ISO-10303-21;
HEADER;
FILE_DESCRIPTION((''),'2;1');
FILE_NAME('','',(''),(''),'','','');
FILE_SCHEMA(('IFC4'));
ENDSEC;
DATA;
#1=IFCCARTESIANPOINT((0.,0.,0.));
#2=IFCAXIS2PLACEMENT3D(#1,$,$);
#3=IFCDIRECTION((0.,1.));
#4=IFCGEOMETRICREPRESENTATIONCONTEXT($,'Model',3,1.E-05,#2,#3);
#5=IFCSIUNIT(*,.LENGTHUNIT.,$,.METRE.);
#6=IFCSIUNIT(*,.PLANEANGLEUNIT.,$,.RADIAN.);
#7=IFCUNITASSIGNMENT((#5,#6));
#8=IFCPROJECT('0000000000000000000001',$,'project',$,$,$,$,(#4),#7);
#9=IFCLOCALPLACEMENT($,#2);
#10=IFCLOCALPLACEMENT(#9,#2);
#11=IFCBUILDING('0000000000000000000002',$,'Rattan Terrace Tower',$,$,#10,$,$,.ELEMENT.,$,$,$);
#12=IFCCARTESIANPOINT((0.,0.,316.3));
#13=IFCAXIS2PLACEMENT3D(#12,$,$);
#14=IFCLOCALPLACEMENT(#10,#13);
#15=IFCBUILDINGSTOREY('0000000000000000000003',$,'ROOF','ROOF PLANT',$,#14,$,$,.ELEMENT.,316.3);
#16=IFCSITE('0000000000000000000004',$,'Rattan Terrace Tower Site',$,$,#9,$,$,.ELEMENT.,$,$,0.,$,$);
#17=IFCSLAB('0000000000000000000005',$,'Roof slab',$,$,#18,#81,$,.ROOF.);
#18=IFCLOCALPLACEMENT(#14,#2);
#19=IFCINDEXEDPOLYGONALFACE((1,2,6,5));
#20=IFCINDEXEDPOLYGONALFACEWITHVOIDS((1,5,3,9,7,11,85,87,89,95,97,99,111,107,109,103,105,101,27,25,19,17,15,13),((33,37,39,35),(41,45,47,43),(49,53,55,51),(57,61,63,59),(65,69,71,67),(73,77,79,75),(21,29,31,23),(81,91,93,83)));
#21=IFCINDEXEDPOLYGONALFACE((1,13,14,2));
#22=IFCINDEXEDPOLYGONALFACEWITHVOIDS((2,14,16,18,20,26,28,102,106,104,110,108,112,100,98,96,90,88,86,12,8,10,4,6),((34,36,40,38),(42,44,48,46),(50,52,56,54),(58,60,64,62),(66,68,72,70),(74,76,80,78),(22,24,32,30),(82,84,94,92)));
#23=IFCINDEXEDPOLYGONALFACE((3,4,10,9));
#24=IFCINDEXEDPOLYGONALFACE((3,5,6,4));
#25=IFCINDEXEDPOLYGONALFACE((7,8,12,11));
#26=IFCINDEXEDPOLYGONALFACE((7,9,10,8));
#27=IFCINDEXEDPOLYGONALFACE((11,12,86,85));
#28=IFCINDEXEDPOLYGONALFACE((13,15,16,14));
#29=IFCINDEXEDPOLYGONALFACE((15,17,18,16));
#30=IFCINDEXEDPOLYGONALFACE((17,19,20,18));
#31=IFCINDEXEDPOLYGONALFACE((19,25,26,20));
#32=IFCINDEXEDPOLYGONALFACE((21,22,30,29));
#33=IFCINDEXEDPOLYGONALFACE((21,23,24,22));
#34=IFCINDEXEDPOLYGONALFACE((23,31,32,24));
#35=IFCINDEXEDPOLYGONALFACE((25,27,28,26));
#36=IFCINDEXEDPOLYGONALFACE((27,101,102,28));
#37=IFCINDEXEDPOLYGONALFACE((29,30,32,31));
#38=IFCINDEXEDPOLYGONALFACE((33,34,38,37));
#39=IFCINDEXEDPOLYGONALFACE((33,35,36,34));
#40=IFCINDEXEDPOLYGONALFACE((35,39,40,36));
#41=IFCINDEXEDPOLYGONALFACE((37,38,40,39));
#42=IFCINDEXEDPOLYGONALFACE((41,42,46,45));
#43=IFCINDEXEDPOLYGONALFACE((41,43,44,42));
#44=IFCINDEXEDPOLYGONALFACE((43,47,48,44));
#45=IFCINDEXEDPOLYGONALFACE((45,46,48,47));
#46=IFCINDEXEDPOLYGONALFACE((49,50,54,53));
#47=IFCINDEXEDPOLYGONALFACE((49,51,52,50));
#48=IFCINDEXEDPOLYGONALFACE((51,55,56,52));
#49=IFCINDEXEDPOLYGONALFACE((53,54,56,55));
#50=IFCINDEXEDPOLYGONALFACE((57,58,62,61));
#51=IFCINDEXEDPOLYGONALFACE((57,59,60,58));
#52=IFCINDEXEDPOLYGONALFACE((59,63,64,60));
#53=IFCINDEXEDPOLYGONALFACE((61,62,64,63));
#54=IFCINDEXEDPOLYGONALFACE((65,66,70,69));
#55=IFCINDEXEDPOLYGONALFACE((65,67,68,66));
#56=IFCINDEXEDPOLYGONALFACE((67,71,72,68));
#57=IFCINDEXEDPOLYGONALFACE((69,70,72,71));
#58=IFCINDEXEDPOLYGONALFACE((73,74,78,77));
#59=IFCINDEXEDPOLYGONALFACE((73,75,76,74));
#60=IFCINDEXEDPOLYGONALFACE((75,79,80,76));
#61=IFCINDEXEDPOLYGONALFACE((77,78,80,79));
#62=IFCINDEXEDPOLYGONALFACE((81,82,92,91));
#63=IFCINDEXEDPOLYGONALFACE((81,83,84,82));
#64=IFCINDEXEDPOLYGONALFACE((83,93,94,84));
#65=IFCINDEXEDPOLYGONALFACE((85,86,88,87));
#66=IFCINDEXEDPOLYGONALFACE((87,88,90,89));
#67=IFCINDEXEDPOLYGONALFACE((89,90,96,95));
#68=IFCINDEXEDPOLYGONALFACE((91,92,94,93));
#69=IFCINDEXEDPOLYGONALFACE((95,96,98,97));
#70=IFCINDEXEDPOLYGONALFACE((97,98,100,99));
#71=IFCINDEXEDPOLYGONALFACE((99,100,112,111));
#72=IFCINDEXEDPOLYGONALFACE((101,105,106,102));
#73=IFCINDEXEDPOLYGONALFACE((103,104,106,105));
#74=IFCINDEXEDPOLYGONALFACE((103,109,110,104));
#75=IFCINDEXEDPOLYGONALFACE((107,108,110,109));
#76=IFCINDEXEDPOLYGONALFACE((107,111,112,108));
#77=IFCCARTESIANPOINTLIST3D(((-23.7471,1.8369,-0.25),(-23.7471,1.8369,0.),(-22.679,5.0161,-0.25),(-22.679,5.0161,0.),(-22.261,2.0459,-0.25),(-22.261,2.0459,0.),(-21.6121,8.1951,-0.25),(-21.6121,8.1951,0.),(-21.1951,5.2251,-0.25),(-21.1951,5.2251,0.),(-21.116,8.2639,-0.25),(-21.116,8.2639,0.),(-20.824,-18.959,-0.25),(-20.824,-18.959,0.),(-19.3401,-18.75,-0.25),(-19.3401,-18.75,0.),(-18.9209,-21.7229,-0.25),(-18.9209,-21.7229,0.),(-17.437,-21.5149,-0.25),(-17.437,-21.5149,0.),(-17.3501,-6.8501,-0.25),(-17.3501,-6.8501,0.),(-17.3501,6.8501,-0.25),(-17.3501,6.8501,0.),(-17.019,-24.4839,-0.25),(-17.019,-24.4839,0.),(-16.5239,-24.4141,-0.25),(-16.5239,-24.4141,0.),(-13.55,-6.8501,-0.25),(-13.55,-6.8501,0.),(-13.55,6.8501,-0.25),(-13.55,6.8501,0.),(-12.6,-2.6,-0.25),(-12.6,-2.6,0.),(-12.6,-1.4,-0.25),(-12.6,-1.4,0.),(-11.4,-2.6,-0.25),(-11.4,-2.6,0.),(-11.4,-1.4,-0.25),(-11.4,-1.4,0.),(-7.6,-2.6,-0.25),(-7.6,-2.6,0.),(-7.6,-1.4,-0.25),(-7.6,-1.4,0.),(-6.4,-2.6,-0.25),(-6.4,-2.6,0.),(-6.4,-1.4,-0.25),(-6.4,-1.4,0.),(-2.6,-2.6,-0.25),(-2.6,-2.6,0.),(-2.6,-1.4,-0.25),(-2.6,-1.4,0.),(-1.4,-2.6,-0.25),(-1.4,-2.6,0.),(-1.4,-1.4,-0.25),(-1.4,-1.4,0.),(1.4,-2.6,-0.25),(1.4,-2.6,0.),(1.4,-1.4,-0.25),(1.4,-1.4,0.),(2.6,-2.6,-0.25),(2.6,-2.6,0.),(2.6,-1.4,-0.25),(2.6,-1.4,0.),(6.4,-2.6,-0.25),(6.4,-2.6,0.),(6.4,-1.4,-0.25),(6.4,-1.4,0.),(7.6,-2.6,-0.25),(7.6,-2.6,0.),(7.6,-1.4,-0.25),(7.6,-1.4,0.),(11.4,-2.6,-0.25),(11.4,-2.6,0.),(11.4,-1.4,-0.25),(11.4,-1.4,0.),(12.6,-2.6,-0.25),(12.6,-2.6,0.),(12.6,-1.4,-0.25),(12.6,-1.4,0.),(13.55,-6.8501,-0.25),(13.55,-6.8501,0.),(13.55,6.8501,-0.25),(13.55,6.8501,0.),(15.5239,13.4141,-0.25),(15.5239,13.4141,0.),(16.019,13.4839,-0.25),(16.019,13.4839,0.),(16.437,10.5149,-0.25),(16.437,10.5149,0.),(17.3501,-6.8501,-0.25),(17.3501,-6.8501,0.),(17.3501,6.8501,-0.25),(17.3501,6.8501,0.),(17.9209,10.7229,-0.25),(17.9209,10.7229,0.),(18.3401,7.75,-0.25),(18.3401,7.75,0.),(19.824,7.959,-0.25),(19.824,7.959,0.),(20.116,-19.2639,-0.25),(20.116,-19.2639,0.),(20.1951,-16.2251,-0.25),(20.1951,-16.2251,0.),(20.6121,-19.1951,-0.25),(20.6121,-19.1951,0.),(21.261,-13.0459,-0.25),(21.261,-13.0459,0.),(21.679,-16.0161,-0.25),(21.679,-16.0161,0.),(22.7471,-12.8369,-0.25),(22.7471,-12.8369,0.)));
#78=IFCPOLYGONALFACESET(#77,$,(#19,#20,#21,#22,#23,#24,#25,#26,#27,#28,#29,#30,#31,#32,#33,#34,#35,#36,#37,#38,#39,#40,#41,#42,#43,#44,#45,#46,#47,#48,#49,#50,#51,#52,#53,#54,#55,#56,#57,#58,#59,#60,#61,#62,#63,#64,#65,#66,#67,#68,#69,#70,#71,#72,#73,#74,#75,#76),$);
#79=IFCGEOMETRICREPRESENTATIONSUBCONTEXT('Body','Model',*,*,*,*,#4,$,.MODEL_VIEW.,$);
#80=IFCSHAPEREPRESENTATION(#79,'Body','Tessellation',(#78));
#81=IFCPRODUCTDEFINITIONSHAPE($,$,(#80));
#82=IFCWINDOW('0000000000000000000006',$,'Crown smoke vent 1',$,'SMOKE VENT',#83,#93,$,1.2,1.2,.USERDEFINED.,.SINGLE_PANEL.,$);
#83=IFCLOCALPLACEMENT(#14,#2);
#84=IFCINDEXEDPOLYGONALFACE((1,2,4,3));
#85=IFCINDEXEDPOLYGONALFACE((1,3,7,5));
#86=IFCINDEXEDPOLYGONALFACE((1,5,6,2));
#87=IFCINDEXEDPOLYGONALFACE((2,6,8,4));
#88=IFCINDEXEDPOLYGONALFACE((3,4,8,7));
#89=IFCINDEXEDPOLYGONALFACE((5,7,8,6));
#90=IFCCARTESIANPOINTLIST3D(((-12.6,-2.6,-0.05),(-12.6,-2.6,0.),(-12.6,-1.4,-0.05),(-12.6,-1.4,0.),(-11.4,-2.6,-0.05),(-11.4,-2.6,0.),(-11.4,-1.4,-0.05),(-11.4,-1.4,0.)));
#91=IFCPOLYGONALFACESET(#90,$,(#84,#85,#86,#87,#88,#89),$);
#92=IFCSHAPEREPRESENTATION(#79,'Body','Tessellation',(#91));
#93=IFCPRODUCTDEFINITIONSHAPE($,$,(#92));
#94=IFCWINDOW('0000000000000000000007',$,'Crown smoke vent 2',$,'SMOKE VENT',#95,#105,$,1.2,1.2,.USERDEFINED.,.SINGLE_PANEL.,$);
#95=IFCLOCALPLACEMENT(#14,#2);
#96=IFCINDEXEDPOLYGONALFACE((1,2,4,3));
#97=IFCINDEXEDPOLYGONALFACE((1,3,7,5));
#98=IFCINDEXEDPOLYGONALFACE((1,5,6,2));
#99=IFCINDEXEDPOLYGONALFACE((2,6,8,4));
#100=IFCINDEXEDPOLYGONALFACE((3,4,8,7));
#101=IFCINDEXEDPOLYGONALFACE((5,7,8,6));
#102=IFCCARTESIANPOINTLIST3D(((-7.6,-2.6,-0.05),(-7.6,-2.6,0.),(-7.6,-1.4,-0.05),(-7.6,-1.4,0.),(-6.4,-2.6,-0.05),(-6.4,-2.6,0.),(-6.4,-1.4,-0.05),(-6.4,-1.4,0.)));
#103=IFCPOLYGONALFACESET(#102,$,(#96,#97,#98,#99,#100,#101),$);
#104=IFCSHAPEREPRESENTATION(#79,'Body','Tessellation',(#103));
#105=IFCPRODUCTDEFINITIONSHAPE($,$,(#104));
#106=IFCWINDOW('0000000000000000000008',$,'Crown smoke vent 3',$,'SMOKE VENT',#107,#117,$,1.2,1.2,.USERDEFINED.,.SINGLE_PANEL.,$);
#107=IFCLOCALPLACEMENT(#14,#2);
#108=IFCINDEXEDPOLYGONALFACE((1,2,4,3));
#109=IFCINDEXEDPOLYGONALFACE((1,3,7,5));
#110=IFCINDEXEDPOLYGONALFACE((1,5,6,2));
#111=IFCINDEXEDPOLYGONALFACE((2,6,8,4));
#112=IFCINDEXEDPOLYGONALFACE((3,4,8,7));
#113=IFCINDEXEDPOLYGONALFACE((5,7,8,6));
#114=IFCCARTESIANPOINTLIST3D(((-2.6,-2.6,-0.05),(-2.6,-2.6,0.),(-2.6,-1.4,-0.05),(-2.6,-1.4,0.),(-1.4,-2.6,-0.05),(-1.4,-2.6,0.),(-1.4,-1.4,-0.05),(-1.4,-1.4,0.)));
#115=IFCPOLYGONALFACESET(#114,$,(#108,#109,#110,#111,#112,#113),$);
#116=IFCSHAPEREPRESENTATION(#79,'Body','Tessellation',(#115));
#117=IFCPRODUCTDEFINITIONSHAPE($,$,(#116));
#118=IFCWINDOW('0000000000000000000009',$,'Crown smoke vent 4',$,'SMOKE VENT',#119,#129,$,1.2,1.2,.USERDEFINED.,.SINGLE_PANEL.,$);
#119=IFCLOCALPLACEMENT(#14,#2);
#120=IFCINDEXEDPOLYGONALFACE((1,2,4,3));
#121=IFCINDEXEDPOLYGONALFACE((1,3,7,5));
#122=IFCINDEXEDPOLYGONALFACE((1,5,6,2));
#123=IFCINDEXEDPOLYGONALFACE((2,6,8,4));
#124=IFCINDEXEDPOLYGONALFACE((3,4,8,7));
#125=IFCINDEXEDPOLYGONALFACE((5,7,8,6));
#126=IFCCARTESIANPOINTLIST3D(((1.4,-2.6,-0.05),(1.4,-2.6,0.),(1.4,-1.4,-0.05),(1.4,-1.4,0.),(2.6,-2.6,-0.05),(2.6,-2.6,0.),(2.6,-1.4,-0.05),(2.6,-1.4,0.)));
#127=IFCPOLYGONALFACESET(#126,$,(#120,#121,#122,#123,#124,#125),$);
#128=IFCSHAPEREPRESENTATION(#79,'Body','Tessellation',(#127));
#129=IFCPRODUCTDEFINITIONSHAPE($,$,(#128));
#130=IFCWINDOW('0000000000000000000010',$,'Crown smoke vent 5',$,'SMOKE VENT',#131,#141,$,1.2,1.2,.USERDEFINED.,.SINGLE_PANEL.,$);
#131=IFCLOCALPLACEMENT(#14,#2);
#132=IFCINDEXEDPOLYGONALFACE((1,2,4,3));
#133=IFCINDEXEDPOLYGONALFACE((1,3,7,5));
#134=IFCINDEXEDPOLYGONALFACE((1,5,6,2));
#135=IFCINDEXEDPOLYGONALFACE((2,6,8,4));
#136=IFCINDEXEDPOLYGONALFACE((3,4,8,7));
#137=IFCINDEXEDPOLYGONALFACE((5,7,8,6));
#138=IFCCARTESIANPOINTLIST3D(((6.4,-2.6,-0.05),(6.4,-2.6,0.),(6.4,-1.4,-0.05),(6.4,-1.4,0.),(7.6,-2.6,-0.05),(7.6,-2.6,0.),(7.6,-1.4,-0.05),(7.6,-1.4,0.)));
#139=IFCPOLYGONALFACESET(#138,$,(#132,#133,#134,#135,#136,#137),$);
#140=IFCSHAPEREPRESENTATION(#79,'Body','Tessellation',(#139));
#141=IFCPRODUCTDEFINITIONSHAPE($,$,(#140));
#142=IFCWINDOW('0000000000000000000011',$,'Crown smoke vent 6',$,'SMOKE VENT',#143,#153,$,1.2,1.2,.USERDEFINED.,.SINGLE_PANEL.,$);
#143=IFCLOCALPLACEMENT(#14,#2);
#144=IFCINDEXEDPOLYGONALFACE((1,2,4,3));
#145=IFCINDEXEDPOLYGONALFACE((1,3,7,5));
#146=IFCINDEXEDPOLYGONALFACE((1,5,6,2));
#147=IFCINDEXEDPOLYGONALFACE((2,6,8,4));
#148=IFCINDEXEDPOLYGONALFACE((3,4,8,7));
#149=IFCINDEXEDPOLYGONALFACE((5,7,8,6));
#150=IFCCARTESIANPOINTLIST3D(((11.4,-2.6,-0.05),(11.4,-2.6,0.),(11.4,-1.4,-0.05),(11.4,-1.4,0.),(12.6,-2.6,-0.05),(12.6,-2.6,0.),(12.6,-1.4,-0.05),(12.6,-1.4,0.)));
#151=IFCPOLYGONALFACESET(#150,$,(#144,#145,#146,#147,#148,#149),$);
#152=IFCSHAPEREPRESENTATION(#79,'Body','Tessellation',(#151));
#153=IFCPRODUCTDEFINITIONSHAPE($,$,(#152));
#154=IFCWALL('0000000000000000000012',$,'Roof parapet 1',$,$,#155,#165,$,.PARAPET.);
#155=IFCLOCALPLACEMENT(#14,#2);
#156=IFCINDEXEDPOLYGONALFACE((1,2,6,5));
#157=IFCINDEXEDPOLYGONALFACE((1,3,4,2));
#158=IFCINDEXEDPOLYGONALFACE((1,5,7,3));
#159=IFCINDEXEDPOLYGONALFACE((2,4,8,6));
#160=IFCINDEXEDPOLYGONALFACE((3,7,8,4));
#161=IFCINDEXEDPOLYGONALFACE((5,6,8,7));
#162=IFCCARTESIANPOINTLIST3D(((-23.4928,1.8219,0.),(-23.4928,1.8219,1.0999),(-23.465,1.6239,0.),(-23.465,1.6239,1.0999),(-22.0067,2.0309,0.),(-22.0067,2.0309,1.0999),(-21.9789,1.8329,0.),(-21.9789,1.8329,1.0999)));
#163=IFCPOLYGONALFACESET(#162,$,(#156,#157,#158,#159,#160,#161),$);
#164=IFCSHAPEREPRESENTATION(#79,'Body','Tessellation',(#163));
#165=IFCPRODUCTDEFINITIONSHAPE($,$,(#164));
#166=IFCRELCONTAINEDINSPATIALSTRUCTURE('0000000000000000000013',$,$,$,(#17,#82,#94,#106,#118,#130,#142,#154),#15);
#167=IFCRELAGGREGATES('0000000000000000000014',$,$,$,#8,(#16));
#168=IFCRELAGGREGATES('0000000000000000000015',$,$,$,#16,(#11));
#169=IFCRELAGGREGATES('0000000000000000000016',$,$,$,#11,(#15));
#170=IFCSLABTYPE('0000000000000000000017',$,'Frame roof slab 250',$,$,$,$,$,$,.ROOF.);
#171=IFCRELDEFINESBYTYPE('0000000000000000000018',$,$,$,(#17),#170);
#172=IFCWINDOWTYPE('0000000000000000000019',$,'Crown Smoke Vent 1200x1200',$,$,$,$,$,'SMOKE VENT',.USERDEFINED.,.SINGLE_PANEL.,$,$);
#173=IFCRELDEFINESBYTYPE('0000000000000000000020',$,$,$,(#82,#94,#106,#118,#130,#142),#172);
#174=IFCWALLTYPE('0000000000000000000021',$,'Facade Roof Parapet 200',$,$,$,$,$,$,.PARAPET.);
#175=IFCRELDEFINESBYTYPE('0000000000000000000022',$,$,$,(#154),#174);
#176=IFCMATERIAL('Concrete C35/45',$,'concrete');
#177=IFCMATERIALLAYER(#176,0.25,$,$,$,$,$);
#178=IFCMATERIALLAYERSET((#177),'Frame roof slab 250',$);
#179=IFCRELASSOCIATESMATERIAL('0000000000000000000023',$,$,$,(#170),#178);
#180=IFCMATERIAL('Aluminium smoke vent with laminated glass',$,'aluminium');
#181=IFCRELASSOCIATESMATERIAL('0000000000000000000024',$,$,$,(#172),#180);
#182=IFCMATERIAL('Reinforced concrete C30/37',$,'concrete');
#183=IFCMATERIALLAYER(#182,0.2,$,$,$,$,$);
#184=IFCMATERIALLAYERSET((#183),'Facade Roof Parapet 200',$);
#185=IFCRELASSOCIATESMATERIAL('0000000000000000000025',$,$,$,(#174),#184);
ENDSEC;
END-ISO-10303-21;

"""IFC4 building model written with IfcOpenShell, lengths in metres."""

from ifc_helpers import new_model, si_unit, direction, frame, frame_2d, origin, origin_2d, place, context, subcontext, project, spatial, polyline, rectangle, outline, extrude, material, layer, layer_set, type_object, element, fill, save


model = new_model("IFC4")

# Units and contexts
model_context = context("Model", 3, precision=1e-05, world=origin(), true_north=direction((0.0, 1.0)))
body_context = subcontext(model_context, "Body", "Model", "MODEL_VIEW")
ifc_project = project(units=[si_unit("LENGTHUNIT", "METRE"), si_unit("PLANEANGLEUNIT", "RADIAN")], contexts=[model_context])

# Site, building, storey
site_placement = place(None, origin())
site = spatial("IfcSite", under=ifc_project, at=site_placement, Name="Rattan Terrace Tower Site", CompositionType="ELEMENT", RefElevation=0.0)
building_placement = place(site_placement, origin())
building = spatial("IfcBuilding", under=site, at=building_placement, Name="Rattan Terrace Tower", CompositionType="ELEMENT")
storey_placement = place(building_placement, frame((0.0, 0.0, 316.3)))
storey = spatial("IfcBuildingStorey", under=building, at=storey_placement, Name="ROOF", Description="ROOF PLANT", CompositionType="ELEMENT", Elevation=316.3)

# Slab, openings, windows
ifc_material_1 = material(Name="Concrete C35/45", Category="concrete")
ifc_layer_1 = layer(ifc_material_1, 0.25)
ifc_layer_set_1 = layer_set([ifc_layer_1], Name="Frame roof slab 250")
slab_type = type_object("IfcSlabType", Name="Frame roof slab 250", PredefinedType="ROOF", material=ifc_layer_set_1)
slab_placement = place(storey_placement, frame((0.0, 0.0, -0.25)))
slab = element("IfcSlab", 1, at=slab_placement, inside=storey, type_object=slab_type, Name="Roof slab", PredefinedType="ROOF", context=body_context, shape_type="SweptSolid", body=[
    extrude(outline(polyline([(-22.261, 2.0459), (-23.7471, 1.8369), (-20.824, -18.959), (-19.3401, -18.75), (-18.9209, -21.7229), (-17.437, -21.5149), (-17.019, -24.4839), (-16.5239, -24.4141), (20.116, -19.2639), (20.6121, -19.1951), (20.1951, -16.2251), (21.679, -16.0161), (21.261, -13.0459), (22.7471, -12.8369), (19.824, 7.959), (18.3401, 7.75), (17.9209, 10.7229), (16.437, 10.5149), (16.019, 13.4839), (15.5239, 13.4141), (-21.116, 8.2639), (-21.6121, 8.1951), (-21.1951, 5.2251), (-22.679, 5.0161), (-22.261, 2.0459)]), holes=[polyline([(-13.55, 6.8501), (-17.3501, 6.8501), (-17.3501, -6.8501), (-13.55, -6.8501), (-13.55, 6.8501)]), polyline([(13.55, 6.8501), (13.55, -6.8501), (17.3501, -6.8501), (17.3501, 6.8501), (13.55, 6.8501)])]), origin(), (0.0, 0.0, 1.0), 0.25),
])
opening_1_placement = place(slab_placement, frame((-12.0, -2.0, 0.0)))
opening_1 = element("IfcOpeningElement", 2, at=opening_1_placement, cuts=slab, PredefinedType="OPENING", context=body_context, shape_type="SweptSolid", body=[
    extrude(rectangle(XDim=1.2, YDim=1.2, at=origin_2d()), origin(), (0.0, 0.0, 1.0), 0.25),
])
opening_2_placement = place(slab_placement, frame((-7.0, -2.0, 0.0)))
opening_2 = element("IfcOpeningElement", 3, at=opening_2_placement, cuts=slab, PredefinedType="OPENING", context=body_context, shape_type="SweptSolid", body=[
    extrude(rectangle(XDim=1.2, YDim=1.2, at=origin_2d()), origin(), (0.0, 0.0, 1.0), 0.25),
])
opening_3_placement = place(slab_placement, frame((-2.0, -2.0, 0.0)))
opening_3 = element("IfcOpeningElement", 4, at=opening_3_placement, cuts=slab, PredefinedType="OPENING", context=body_context, shape_type="SweptSolid", body=[
    extrude(rectangle(XDim=1.2, YDim=1.2, at=origin_2d()), origin(), (0.0, 0.0, 1.0), 0.25),
])
opening_4_placement = place(slab_placement, frame((2.0, -2.0, 0.0)))
opening_4 = element("IfcOpeningElement", 5, at=opening_4_placement, cuts=slab, PredefinedType="OPENING", context=body_context, shape_type="SweptSolid", body=[
    extrude(rectangle(XDim=1.2, YDim=1.2, at=origin_2d()), origin(), (0.0, 0.0, 1.0), 0.25),
])
opening_5_placement = place(slab_placement, frame((7.0, -2.0, 0.0)))
opening_5 = element("IfcOpeningElement", 6, at=opening_5_placement, cuts=slab, PredefinedType="OPENING", context=body_context, shape_type="SweptSolid", body=[
    extrude(rectangle(XDim=1.2, YDim=1.2, at=origin_2d()), origin(), (0.0, 0.0, 1.0), 0.25),
])
opening_6_placement = place(slab_placement, frame((12.0, -2.0, 0.0)))
opening_6 = element("IfcOpeningElement", 7, at=opening_6_placement, cuts=slab, PredefinedType="OPENING", context=body_context, shape_type="SweptSolid", body=[
    extrude(rectangle(XDim=1.2, YDim=1.2, at=origin_2d()), origin(), (0.0, 0.0, 1.0), 0.25),
])
ifc_material_2 = material(Name="Aluminium smoke vent with laminated glass", Category="aluminium")
window_type = type_object("IfcWindowType", Name="Crown Smoke Vent 1200x1200", ElementType="SMOKE VENT", PartitioningType="SINGLE_PANEL", PredefinedType="USERDEFINED", material=ifc_material_2)
window_1_placement = place(opening_1_placement, frame((0.0, 0.0, 0.2)))
window_1 = element("IfcWindow", 8, at=window_1_placement, inside=storey, type_object=window_type, Name="Crown smoke vent 1", ObjectType="SMOKE VENT", OverallHeight=1.2, OverallWidth=1.2, PartitioningType="SINGLE_PANEL", PredefinedType="USERDEFINED", context=body_context, shape_type="SweptSolid", body=[
    extrude(rectangle(XDim=1.2, YDim=1.2, at=origin_2d()), origin(), (0.0, 0.0, 1.0), 0.05),
])
fill(opening_1, window_1)
window_2_placement = place(opening_2_placement, frame((0.0, 0.0, 0.2)))
window_2 = element("IfcWindow", 9, at=window_2_placement, inside=storey, type_object=window_type, Name="Crown smoke vent 2", ObjectType="SMOKE VENT", OverallHeight=1.2, OverallWidth=1.2, PartitioningType="SINGLE_PANEL", PredefinedType="USERDEFINED", context=body_context, shape_type="SweptSolid", body=[
    extrude(rectangle(XDim=1.2, YDim=1.2, at=origin_2d()), origin(), (0.0, 0.0, 1.0), 0.05),
])
fill(opening_2, window_2)
window_3_placement = place(opening_3_placement, frame((0.0, 0.0, 0.2)))
window_3 = element("IfcWindow", 10, at=window_3_placement, inside=storey, type_object=window_type, Name="Crown smoke vent 3", ObjectType="SMOKE VENT", OverallHeight=1.2, OverallWidth=1.2, PartitioningType="SINGLE_PANEL", PredefinedType="USERDEFINED", context=body_context, shape_type="SweptSolid", body=[
    extrude(rectangle(XDim=1.2, YDim=1.2, at=origin_2d()), origin(), (0.0, 0.0, 1.0), 0.05),
])
fill(opening_3, window_3)
window_4_placement = place(opening_4_placement, frame((0.0, 0.0, 0.2)))
window_4 = element("IfcWindow", 11, at=window_4_placement, inside=storey, type_object=window_type, Name="Crown smoke vent 4", ObjectType="SMOKE VENT", OverallHeight=1.2, OverallWidth=1.2, PartitioningType="SINGLE_PANEL", PredefinedType="USERDEFINED", context=body_context, shape_type="SweptSolid", body=[
    extrude(rectangle(XDim=1.2, YDim=1.2, at=origin_2d()), origin(), (0.0, 0.0, 1.0), 0.05),
])
fill(opening_4, window_4)
window_5_placement = place(opening_5_placement, frame((0.0, 0.0, 0.2)))
window_5 = element("IfcWindow", 12, at=window_5_placement, inside=storey, type_object=window_type, Name="Crown smoke vent 5", ObjectType="SMOKE VENT", OverallHeight=1.2, OverallWidth=1.2, PartitioningType="SINGLE_PANEL", PredefinedType="USERDEFINED", context=body_context, shape_type="SweptSolid", body=[
    extrude(rectangle(XDim=1.2, YDim=1.2, at=origin_2d()), origin(), (0.0, 0.0, 1.0), 0.05),
])
fill(opening_5, window_5)
window_6_placement = place(opening_6_placement, frame((0.0, 0.0, 0.2)))
window_6 = element("IfcWindow", 13, at=window_6_placement, inside=storey, type_object=window_type, Name="Crown smoke vent 6", ObjectType="SMOKE VENT", OverallHeight=1.2, OverallWidth=1.2, PartitioningType="SINGLE_PANEL", PredefinedType="USERDEFINED", context=body_context, shape_type="SweptSolid", body=[
    extrude(rectangle(XDim=1.2, YDim=1.2, at=origin_2d()), origin(), (0.0, 0.0, 1.0), 0.05),
])
fill(opening_6, window_6)

# Wall
ifc_material_3 = material(Name="Reinforced concrete C30/37", Category="concrete")
ifc_layer_2 = layer(ifc_material_3, 0.2)
ifc_layer_set_2 = layer_set([ifc_layer_2], Name="Facade Roof Parapet 200")
wall_type_1 = type_object("IfcWallType", Name="Facade Roof Parapet 200", PredefinedType="PARAPET", material=ifc_layer_set_2)
wall_1_placement = place(storey_placement, frame((-23.479, 1.7229, 0.0), z_axis=(0.0, 0.0, 1.0), x_axis=(0.990256, 0.139257, 0.0)))
element("IfcWall", 14, at=wall_1_placement, inside=storey, type_object=wall_type_1, Name="Roof parapet 1", PredefinedType="PARAPET", context=body_context, shape_type="SweptSolid", body=[
    extrude(rectangle(XDim=1.5007, YDim=0.2, at=frame_2d((0.7505, 0.0))), origin(), (0.0, 0.0, 1.0), 1.0999),
])

save(model, "model.ifc")
